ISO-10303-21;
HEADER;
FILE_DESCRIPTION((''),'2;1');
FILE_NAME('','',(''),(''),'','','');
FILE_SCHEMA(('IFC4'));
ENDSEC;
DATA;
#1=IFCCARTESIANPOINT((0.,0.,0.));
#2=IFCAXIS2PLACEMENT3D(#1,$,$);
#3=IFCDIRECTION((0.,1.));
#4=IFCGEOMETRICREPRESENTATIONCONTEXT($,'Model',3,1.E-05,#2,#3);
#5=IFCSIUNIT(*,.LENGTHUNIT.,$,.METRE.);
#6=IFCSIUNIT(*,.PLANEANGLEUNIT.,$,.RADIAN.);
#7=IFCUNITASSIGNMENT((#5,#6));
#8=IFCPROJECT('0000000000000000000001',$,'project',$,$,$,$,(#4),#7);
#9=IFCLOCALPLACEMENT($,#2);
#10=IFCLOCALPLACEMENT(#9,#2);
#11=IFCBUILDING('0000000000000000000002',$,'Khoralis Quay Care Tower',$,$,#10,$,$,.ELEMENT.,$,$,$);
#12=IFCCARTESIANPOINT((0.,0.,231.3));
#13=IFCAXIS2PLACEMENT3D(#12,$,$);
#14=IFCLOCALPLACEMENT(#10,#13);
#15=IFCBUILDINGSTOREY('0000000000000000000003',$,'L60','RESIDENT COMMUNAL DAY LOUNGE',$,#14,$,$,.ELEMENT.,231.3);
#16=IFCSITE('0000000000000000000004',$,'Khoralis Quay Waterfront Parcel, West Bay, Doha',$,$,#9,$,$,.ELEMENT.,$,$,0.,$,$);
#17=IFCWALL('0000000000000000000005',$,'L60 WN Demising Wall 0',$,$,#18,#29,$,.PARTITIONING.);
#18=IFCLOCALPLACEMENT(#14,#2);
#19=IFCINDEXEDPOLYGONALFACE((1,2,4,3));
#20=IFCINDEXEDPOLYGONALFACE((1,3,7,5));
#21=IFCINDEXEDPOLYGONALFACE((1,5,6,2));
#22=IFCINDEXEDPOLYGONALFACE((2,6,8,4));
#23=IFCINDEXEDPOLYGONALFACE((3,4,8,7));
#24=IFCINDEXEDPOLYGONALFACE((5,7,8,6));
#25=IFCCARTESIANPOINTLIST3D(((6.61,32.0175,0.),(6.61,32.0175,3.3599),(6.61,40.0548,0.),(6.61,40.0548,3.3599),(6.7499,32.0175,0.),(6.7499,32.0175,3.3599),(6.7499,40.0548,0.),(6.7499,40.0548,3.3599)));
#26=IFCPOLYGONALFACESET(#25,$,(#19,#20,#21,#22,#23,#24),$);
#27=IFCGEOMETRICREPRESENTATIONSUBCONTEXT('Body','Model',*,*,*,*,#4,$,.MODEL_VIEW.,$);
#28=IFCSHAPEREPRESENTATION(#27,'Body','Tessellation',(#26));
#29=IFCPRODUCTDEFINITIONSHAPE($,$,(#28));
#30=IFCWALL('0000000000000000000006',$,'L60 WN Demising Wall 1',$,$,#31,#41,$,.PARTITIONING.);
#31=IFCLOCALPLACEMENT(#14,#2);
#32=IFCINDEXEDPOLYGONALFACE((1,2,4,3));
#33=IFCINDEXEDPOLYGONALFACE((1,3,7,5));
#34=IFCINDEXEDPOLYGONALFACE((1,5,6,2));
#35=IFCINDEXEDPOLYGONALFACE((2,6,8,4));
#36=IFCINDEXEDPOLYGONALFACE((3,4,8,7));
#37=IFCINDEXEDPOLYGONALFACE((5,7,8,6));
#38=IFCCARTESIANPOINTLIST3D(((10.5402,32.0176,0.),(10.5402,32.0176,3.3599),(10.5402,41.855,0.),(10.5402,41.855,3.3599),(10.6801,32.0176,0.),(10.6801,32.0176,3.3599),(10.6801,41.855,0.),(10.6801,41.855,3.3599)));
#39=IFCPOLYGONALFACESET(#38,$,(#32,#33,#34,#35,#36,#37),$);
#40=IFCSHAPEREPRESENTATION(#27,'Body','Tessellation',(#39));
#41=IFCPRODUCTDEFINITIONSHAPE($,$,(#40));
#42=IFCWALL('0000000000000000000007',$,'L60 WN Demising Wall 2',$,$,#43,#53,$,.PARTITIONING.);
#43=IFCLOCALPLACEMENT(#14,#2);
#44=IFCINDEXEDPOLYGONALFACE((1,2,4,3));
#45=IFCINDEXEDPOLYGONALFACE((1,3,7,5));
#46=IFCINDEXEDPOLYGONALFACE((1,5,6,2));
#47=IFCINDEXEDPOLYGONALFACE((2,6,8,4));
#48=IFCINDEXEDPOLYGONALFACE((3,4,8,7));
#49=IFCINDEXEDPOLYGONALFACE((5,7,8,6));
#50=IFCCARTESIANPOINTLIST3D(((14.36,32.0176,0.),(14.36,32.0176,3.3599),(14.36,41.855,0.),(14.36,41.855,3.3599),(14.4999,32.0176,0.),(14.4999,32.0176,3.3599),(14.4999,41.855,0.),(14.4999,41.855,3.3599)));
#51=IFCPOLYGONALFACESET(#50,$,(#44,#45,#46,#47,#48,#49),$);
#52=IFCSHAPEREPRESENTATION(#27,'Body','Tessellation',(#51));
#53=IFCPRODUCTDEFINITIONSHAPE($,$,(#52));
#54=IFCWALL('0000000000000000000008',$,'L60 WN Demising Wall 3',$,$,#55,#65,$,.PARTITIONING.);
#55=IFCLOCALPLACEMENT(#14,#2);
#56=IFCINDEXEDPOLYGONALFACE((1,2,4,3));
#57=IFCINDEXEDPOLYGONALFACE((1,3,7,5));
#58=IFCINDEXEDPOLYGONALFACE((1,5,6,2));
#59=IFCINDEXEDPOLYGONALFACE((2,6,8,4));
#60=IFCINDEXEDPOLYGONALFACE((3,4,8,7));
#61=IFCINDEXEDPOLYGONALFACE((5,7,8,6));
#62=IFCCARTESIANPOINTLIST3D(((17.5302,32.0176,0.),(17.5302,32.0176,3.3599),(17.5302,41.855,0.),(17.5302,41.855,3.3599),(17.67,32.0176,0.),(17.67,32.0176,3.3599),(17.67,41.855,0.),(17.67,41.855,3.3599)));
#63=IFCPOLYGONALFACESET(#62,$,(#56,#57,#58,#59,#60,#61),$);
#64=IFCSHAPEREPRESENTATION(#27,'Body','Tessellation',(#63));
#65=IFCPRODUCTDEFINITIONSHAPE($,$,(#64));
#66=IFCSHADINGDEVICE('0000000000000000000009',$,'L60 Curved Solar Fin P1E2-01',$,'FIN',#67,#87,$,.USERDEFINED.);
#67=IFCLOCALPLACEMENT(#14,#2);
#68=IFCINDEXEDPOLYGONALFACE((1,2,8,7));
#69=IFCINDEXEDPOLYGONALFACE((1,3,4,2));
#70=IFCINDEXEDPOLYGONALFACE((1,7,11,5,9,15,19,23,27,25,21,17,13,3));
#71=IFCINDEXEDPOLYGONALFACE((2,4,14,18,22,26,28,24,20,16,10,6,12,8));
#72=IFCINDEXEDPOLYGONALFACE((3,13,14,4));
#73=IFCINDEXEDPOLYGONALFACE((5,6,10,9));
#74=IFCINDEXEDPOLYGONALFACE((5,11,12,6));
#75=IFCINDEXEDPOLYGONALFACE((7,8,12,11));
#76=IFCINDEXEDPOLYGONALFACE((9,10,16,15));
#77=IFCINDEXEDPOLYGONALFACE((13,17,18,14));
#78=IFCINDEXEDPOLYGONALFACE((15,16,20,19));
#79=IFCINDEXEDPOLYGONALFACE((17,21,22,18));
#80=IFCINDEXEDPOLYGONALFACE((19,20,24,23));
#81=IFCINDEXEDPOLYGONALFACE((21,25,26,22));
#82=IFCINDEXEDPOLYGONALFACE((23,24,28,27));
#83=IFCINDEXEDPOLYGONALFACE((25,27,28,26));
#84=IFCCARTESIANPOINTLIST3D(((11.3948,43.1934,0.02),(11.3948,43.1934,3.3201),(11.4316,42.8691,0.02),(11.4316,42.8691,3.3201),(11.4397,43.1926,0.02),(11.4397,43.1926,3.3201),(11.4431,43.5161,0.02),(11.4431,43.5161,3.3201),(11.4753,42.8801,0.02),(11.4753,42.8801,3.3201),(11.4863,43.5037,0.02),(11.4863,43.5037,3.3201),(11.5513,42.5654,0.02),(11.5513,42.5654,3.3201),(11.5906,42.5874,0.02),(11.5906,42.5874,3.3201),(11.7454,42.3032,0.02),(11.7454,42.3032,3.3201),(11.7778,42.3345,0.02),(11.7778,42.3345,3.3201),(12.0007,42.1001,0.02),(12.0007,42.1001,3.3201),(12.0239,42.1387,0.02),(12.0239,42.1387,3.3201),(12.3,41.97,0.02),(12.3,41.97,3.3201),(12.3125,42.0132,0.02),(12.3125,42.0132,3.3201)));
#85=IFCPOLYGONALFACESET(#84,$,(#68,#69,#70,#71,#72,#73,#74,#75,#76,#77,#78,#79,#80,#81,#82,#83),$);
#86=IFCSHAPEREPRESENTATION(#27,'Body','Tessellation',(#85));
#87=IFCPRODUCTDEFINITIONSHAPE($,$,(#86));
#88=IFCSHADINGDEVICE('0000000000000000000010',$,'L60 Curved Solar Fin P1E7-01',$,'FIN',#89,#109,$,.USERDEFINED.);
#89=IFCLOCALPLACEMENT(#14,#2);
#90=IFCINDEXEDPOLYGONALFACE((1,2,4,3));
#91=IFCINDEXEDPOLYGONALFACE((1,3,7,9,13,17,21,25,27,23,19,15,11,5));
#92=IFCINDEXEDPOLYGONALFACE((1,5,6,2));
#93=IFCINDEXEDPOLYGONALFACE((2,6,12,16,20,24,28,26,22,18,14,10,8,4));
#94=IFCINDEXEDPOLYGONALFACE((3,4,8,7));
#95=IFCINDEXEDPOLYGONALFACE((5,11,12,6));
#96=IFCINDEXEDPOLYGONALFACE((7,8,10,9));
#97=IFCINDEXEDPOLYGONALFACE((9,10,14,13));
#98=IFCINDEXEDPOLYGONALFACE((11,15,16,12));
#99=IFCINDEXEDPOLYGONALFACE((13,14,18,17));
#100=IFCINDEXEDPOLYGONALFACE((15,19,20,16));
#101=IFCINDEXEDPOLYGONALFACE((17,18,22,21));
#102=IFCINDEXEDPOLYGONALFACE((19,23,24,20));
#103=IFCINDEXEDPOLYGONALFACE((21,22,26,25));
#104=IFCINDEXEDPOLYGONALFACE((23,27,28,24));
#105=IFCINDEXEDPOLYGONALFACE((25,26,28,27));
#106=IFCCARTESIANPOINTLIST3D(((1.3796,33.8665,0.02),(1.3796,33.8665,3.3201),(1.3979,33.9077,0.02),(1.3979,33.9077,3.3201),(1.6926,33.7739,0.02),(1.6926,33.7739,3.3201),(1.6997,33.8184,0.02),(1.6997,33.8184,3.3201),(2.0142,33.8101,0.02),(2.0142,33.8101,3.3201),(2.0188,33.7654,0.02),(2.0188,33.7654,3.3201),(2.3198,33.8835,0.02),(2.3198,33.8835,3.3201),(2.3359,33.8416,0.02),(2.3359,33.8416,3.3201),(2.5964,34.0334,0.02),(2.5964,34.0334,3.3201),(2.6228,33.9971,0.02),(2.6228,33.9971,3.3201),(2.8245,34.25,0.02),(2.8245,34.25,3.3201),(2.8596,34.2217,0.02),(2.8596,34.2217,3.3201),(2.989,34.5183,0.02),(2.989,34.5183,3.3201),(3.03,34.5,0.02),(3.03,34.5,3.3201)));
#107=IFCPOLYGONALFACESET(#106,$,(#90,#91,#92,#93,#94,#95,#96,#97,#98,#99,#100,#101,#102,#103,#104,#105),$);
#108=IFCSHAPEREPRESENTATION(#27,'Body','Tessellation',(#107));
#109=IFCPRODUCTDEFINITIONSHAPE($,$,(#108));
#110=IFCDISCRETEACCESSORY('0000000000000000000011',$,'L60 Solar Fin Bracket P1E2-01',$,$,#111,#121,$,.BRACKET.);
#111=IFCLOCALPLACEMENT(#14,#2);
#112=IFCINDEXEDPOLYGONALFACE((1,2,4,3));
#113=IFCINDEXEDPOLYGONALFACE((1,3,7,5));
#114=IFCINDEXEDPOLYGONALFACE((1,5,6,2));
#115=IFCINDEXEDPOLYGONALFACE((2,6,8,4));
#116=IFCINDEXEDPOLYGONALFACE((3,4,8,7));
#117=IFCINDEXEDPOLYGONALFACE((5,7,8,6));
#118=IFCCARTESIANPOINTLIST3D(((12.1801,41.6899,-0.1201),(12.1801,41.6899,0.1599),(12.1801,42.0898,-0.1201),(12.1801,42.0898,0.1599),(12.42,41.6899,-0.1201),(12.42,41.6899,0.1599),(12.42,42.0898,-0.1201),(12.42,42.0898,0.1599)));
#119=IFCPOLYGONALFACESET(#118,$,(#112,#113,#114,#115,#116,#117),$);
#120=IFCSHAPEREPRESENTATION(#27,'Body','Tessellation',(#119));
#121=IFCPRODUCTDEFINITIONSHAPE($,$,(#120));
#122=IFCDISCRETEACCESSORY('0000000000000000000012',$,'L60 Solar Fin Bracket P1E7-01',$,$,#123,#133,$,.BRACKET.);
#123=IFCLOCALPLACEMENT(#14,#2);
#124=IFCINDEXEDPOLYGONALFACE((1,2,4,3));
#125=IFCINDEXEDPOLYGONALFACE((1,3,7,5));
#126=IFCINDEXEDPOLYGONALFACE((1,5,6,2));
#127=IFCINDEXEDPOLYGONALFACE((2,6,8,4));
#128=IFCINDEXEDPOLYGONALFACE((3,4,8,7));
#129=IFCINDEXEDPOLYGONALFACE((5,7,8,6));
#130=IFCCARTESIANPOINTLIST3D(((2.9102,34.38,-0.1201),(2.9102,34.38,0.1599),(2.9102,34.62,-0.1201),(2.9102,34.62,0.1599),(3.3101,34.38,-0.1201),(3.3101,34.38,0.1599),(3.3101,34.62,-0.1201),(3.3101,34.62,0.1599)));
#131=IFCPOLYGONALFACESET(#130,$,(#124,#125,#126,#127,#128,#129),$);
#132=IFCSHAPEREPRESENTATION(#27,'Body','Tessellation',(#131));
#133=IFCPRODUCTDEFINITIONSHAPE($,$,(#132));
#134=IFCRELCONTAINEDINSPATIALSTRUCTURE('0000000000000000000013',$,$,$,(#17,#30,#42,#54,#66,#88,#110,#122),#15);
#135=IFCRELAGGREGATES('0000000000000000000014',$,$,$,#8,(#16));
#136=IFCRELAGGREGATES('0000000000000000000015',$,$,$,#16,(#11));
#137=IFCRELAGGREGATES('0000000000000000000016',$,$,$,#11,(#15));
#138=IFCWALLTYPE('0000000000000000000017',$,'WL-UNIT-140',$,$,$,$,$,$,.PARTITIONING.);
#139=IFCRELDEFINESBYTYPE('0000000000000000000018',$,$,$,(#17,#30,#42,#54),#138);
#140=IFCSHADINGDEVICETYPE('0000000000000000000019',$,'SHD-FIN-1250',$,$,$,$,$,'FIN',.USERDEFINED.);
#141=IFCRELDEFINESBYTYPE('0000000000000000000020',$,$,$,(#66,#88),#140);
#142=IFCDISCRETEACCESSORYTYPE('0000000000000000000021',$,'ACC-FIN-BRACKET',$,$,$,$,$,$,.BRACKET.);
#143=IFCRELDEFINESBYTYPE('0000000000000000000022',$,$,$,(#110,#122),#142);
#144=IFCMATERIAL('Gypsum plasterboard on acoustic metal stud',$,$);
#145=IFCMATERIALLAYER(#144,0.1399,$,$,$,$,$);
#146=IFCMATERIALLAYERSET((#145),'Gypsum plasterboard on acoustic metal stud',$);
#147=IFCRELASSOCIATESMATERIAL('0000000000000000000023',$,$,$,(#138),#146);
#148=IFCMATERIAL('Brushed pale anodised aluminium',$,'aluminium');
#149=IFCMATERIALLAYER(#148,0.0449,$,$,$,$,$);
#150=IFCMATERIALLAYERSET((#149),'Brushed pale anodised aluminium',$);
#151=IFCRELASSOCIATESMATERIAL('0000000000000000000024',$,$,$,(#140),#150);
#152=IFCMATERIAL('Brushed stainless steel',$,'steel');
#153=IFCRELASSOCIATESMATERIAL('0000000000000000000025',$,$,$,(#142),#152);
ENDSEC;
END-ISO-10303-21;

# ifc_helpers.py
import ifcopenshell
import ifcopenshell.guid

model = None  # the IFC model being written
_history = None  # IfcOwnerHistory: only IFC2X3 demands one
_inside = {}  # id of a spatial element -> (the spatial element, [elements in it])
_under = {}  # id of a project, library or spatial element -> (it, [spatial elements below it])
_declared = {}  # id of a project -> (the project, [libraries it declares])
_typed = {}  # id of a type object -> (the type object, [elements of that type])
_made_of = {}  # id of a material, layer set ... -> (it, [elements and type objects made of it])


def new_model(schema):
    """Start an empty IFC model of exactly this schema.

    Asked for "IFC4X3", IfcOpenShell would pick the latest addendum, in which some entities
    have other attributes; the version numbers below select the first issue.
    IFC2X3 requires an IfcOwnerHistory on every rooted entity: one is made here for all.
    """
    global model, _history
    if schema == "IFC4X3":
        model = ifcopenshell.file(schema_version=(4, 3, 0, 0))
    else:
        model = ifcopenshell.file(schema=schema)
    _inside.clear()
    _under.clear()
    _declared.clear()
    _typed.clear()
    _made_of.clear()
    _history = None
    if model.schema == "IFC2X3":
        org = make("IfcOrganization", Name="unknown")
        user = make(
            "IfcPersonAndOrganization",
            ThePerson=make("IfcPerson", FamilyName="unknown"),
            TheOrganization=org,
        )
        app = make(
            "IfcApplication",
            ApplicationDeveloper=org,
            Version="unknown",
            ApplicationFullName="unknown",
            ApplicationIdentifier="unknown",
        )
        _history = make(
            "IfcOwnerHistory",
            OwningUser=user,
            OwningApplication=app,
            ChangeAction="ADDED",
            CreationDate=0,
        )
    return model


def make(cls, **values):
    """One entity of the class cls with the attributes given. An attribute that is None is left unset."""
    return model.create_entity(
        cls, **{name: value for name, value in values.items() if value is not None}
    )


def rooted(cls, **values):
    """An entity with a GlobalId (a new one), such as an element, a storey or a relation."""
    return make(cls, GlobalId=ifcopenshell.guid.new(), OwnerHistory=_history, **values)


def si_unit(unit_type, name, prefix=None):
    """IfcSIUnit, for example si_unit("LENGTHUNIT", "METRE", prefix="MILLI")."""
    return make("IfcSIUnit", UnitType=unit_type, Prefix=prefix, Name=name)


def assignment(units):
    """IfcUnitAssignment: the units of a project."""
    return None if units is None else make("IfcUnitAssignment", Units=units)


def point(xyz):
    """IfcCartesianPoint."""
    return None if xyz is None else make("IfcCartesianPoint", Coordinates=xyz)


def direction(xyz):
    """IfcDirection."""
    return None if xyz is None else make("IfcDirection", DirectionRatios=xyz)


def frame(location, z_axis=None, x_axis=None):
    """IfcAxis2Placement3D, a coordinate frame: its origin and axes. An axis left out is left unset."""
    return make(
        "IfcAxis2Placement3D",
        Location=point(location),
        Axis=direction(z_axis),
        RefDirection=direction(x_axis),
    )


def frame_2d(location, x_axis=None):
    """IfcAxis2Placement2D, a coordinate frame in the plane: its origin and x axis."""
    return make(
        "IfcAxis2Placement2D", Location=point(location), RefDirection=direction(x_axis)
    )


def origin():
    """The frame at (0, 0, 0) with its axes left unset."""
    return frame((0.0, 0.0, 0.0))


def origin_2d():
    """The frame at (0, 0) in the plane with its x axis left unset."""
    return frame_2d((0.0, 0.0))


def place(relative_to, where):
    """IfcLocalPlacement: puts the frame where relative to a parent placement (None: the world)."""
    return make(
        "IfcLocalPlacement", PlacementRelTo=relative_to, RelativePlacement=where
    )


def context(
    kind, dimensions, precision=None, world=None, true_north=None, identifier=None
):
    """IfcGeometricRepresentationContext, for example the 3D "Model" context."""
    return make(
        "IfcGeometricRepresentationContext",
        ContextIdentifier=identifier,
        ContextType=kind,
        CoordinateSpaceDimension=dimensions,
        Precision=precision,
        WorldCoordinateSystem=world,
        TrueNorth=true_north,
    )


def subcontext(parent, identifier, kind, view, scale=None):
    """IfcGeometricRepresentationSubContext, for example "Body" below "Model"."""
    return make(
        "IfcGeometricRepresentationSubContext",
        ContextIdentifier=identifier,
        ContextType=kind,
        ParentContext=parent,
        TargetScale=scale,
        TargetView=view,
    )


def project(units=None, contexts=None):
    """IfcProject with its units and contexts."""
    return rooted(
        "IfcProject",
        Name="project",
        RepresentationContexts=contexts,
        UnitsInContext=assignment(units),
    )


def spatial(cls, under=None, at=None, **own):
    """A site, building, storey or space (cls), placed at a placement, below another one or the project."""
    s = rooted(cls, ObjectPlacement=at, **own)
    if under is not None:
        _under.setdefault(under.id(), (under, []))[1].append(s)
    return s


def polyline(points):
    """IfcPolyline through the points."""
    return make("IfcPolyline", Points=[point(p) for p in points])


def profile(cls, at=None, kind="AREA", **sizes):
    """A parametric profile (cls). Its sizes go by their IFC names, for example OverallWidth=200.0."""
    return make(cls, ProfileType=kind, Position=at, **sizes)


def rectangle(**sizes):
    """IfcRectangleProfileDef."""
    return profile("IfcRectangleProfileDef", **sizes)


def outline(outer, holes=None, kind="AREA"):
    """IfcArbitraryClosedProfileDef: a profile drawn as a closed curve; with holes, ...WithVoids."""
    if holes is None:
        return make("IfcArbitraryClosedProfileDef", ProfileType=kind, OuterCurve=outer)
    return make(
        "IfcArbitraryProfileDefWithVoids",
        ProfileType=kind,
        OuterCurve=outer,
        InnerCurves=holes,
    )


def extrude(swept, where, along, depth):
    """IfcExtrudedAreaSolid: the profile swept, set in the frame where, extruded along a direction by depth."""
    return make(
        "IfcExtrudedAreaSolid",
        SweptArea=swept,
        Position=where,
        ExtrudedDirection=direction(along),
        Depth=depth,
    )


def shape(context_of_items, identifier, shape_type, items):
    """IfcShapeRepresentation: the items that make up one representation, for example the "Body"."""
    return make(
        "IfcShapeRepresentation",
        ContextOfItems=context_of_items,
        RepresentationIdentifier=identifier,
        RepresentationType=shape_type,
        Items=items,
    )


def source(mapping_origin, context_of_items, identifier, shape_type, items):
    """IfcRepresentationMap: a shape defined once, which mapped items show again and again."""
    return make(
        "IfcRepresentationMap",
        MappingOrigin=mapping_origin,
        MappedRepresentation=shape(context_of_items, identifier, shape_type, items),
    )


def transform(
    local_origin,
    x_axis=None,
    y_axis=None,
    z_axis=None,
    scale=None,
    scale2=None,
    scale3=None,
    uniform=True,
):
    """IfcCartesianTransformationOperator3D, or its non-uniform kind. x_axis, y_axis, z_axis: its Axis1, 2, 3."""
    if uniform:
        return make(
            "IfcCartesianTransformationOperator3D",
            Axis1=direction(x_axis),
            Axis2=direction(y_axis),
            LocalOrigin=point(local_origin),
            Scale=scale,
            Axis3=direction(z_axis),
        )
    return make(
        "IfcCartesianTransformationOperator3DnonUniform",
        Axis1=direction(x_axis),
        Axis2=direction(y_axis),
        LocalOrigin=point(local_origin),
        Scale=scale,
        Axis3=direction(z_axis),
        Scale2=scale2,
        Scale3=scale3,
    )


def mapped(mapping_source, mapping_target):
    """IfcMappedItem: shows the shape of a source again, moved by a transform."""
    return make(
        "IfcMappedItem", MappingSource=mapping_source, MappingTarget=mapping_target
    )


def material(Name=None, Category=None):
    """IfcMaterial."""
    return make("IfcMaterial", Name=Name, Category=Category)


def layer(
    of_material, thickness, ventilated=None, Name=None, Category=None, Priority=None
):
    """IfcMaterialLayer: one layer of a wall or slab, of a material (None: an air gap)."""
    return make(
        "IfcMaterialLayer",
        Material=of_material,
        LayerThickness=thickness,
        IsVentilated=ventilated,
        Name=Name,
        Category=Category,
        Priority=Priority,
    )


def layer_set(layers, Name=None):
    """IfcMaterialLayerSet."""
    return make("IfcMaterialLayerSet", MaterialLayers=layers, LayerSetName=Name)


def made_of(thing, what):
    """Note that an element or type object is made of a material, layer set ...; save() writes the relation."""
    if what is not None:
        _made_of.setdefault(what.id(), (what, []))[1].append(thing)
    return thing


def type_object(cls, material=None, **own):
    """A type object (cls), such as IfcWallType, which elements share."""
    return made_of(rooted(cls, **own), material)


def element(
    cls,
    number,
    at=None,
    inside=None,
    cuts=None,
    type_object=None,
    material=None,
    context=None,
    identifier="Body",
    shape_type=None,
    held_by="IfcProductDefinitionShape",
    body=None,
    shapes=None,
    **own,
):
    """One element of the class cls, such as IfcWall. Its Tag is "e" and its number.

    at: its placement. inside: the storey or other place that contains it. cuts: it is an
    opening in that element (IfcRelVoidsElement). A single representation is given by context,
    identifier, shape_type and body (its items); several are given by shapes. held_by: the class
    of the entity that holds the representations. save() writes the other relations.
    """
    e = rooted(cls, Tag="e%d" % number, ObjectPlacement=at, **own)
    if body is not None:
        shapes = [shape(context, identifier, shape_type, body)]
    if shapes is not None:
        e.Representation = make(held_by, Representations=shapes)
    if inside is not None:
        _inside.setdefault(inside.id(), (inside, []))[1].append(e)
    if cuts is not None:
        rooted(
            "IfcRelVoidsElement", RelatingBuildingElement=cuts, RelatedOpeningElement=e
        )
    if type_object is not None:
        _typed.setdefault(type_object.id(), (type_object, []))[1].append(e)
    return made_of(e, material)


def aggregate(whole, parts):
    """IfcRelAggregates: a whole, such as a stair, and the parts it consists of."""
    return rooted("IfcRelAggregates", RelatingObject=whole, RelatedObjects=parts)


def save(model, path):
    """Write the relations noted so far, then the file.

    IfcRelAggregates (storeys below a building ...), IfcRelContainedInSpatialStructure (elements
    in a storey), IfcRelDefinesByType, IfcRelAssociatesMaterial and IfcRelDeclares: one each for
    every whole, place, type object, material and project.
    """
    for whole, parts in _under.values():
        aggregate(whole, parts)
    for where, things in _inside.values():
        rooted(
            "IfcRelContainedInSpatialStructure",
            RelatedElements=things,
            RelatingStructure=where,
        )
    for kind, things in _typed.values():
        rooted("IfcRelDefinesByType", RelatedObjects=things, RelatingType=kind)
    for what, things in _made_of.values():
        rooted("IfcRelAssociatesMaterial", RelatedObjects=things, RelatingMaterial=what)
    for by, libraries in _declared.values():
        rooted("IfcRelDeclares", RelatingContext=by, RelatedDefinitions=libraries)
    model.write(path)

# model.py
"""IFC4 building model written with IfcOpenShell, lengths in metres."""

from ifc_helpers import new_model, si_unit, direction, frame, frame_2d, origin, origin_2d, place, context, subcontext, project, spatial, polyline, rectangle, outline, extrude, source, transform, mapped, material, layer, layer_set, type_object, element, save


model = new_model("IFC4")

# Units and contexts
model_context = context("Model", 3, precision=1e-05, world=origin(), true_north=direction((0.0, 1.0)))
body_context = subcontext(model_context, "Body", "Model", "MODEL_VIEW")
ifc_project = project(units=[si_unit("LENGTHUNIT", "METRE"), si_unit("PLANEANGLEUNIT", "RADIAN")], contexts=[model_context])

# Site, building, storey
site_placement = place(None, origin())
site = spatial("IfcSite", under=ifc_project, at=site_placement, Name="Khoralis Quay Waterfront Parcel, West Bay, Doha", CompositionType="ELEMENT", RefElevation=0.0)
building_placement = place(site_placement, origin())
building = spatial("IfcBuilding", under=site, at=building_placement, Name="Khoralis Quay Care Tower", CompositionType="ELEMENT")
storey_placement = place(building_placement, frame((0.0, 0.0, 231.3)))
storey = spatial("IfcBuildingStorey", under=building, at=storey_placement, Name="L60", Description="RESIDENT COMMUNAL DAY LOUNGE", CompositionType="ELEMENT", Elevation=231.3)

# Walls
ifc_material_1 = material(Name="Gypsum plasterboard on acoustic metal stud")
ifc_layer_1 = layer(ifc_material_1, 0.1399)
ifc_layer_set_1 = layer_set([ifc_layer_1], Name="Gypsum plasterboard on acoustic metal stud")
wall_type_1 = type_object("IfcWallType", Name="WL-UNIT-140", PredefinedType="PARTITIONING", material=ifc_layer_set_1)
wall_1_placement = place(storey_placement, frame((6.6799, 32.0176, 0.0), z_axis=(0.0, 0.0, 1.0), x_axis=(0.0, 1.0, 0.0)))
element("IfcWall", 1, at=wall_1_placement, inside=storey, type_object=wall_type_1, Name="L60 WN Demising Wall 0", PredefinedType="PARTITIONING", context=body_context, shape_type="SweptSolid", body=[
    extrude(rectangle(XDim=8.0374, YDim=0.1399, at=frame_2d((4.0186, 0.0))), origin(), (0.0, 0.0, 1.0), 3.3599),
])
for number, where, z_axis, x_axis, name in (
    (2, (10.6101, 32.0176, 0.0), (0.0, 0.0, 1.0), (0.0, 1.0, 0.0), "L60 WN Demising Wall 1"),
    (3, (14.4299, 32.0176, 0.0), (0.0, 0.0, 1.0), (0.0, 1.0, 0.0), "L60 WN Demising Wall 2"),
    (4, (17.6001, 32.0176, 0.0), (0.0, 0.0, 1.0), (0.0, 1.0, 0.0), "L60 WN Demising Wall 3"),
):
    element("IfcWall", number, at=place(storey_placement, frame(where, z_axis=z_axis, x_axis=x_axis)), inside=storey, type_object=wall_type_1, Name=name, PredefinedType="PARTITIONING", context=body_context, shape_type="SweptSolid", body=[
        extrude(rectangle(XDim=9.8374, YDim=0.1399, at=frame_2d((4.9187, 0.0))), origin(), (0.0, 0.0, 1.0), 3.3599),
    ])

# Shading devices
ifc_material_2 = material(Name="Brushed pale anodised aluminium", Category="aluminium")
ifc_layer_2 = layer(ifc_material_2, 0.0449)
ifc_layer_set_2 = layer_set([ifc_layer_2], Name="Brushed pale anodised aluminium")
shading_device_type = type_object("IfcShadingDeviceType", Name="SHD-FIN-1250", ElementType="FIN", PredefinedType="USERDEFINED", material=ifc_layer_set_2)
shared_shape_1 = source(origin(), body_context, "Body", "SweptSolid", [
    extrude(outline(polyline([(0.0, 0.0), (0.1301, 0.2993), (0.3333, 0.5547), (0.5955, 0.7488), (0.8992, 0.8684), (1.2234, 0.9053), (1.5461, 0.8569), (1.5337, 0.8137), (1.2227, 0.8604), (0.9102, 0.8247), (0.6174, 0.7095), (0.3645, 0.5222), (0.1687, 0.2761), (0.0432, -0.0125), (0.0, 0.0)])), origin(), (0.0, 0.0, 1.0), 3.3),
])
shading_device_1_placement = place(storey_placement, frame((12.3, 41.97, 0.02), z_axis=(0.0, 0.0, 1.0), x_axis=(0.0, 1.0, 0.0)))
element("IfcShadingDevice", 5, at=shading_device_1_placement, inside=storey, type_object=shading_device_type, Name="L60 Curved Solar Fin P1E2-01", ObjectType="FIN", PredefinedType="USERDEFINED", context=body_context, shape_type="MappedRepresentation", body=[
    mapped(shared_shape_1, transform((0.0, 0.0, 0.0), scale=1.0)),
])
shared_shape_2 = source(origin(), body_context, "Body", "SweptSolid", [
    extrude(outline(polyline([(0.0, 0.0), (0.1704, 0.2783), (0.4072, 0.5029), (0.6941, 0.6584), (1.0112, 0.7346), (1.3374, 0.7261), (1.6504, 0.6335), (1.6321, 0.5923), (1.3303, 0.6816), (1.0159, 0.6899), (0.7102, 0.6165), (0.4336, 0.4666), (0.2056, 0.25), (0.041, -0.0183), (0.0, 0.0)])), origin(), (0.0, 0.0, 1.0), 3.3),
])
shading_device_2_placement = place(storey_placement, frame((3.03, 34.5, 0.02), z_axis=(0.0, 0.0, 1.0), x_axis=(-1.0, 0.0, 0.0)))
element("IfcShadingDevice", 6, at=shading_device_2_placement, inside=storey, type_object=shading_device_type, Name="L60 Curved Solar Fin P1E7-01", ObjectType="FIN", PredefinedType="USERDEFINED", context=body_context, shape_type="MappedRepresentation", body=[
    mapped(shared_shape_2, transform((0.0, 0.0, 0.0), scale=1.0)),
])

# Discrete accessories
ifc_material_3 = material(Name="Brushed stainless steel", Category="steel")
discrete_accessory_type = type_object("IfcDiscreteAccessoryType", Name="ACC-FIN-BRACKET", PredefinedType="BRACKET", material=ifc_material_3)
shared_shape_3 = source(origin(), body_context, "Body", "SweptSolid", [
    extrude(rectangle(XDim=0.3999, YDim=0.24, at=origin_2d()), origin(), (0.0, 0.0, 1.0), 0.28),
])
for number, where, z_axis, x_axis, name in (
    (7, (12.3, 41.8899, -0.1201), (0.0, 0.0, 1.0), (0.0, 1.0, 0.0), "L60 Solar Fin Bracket P1E2-01"),
    (8, (3.1101, 34.5, -0.1201), (0.0, 0.0, 1.0), (-1.0, 0.0, 0.0), "L60 Solar Fin Bracket P1E7-01"),
):
    element("IfcDiscreteAccessory", number, at=place(storey_placement, frame(where, z_axis=z_axis, x_axis=x_axis)), inside=storey, type_object=discrete_accessory_type, Name=name, PredefinedType="BRACKET", context=body_context, shape_type="MappedRepresentation", body=[
        mapped(shared_shape_3, transform((0.0, 0.0, 0.0), scale=1.0)),
    ])

save(model, "model.ifc")
